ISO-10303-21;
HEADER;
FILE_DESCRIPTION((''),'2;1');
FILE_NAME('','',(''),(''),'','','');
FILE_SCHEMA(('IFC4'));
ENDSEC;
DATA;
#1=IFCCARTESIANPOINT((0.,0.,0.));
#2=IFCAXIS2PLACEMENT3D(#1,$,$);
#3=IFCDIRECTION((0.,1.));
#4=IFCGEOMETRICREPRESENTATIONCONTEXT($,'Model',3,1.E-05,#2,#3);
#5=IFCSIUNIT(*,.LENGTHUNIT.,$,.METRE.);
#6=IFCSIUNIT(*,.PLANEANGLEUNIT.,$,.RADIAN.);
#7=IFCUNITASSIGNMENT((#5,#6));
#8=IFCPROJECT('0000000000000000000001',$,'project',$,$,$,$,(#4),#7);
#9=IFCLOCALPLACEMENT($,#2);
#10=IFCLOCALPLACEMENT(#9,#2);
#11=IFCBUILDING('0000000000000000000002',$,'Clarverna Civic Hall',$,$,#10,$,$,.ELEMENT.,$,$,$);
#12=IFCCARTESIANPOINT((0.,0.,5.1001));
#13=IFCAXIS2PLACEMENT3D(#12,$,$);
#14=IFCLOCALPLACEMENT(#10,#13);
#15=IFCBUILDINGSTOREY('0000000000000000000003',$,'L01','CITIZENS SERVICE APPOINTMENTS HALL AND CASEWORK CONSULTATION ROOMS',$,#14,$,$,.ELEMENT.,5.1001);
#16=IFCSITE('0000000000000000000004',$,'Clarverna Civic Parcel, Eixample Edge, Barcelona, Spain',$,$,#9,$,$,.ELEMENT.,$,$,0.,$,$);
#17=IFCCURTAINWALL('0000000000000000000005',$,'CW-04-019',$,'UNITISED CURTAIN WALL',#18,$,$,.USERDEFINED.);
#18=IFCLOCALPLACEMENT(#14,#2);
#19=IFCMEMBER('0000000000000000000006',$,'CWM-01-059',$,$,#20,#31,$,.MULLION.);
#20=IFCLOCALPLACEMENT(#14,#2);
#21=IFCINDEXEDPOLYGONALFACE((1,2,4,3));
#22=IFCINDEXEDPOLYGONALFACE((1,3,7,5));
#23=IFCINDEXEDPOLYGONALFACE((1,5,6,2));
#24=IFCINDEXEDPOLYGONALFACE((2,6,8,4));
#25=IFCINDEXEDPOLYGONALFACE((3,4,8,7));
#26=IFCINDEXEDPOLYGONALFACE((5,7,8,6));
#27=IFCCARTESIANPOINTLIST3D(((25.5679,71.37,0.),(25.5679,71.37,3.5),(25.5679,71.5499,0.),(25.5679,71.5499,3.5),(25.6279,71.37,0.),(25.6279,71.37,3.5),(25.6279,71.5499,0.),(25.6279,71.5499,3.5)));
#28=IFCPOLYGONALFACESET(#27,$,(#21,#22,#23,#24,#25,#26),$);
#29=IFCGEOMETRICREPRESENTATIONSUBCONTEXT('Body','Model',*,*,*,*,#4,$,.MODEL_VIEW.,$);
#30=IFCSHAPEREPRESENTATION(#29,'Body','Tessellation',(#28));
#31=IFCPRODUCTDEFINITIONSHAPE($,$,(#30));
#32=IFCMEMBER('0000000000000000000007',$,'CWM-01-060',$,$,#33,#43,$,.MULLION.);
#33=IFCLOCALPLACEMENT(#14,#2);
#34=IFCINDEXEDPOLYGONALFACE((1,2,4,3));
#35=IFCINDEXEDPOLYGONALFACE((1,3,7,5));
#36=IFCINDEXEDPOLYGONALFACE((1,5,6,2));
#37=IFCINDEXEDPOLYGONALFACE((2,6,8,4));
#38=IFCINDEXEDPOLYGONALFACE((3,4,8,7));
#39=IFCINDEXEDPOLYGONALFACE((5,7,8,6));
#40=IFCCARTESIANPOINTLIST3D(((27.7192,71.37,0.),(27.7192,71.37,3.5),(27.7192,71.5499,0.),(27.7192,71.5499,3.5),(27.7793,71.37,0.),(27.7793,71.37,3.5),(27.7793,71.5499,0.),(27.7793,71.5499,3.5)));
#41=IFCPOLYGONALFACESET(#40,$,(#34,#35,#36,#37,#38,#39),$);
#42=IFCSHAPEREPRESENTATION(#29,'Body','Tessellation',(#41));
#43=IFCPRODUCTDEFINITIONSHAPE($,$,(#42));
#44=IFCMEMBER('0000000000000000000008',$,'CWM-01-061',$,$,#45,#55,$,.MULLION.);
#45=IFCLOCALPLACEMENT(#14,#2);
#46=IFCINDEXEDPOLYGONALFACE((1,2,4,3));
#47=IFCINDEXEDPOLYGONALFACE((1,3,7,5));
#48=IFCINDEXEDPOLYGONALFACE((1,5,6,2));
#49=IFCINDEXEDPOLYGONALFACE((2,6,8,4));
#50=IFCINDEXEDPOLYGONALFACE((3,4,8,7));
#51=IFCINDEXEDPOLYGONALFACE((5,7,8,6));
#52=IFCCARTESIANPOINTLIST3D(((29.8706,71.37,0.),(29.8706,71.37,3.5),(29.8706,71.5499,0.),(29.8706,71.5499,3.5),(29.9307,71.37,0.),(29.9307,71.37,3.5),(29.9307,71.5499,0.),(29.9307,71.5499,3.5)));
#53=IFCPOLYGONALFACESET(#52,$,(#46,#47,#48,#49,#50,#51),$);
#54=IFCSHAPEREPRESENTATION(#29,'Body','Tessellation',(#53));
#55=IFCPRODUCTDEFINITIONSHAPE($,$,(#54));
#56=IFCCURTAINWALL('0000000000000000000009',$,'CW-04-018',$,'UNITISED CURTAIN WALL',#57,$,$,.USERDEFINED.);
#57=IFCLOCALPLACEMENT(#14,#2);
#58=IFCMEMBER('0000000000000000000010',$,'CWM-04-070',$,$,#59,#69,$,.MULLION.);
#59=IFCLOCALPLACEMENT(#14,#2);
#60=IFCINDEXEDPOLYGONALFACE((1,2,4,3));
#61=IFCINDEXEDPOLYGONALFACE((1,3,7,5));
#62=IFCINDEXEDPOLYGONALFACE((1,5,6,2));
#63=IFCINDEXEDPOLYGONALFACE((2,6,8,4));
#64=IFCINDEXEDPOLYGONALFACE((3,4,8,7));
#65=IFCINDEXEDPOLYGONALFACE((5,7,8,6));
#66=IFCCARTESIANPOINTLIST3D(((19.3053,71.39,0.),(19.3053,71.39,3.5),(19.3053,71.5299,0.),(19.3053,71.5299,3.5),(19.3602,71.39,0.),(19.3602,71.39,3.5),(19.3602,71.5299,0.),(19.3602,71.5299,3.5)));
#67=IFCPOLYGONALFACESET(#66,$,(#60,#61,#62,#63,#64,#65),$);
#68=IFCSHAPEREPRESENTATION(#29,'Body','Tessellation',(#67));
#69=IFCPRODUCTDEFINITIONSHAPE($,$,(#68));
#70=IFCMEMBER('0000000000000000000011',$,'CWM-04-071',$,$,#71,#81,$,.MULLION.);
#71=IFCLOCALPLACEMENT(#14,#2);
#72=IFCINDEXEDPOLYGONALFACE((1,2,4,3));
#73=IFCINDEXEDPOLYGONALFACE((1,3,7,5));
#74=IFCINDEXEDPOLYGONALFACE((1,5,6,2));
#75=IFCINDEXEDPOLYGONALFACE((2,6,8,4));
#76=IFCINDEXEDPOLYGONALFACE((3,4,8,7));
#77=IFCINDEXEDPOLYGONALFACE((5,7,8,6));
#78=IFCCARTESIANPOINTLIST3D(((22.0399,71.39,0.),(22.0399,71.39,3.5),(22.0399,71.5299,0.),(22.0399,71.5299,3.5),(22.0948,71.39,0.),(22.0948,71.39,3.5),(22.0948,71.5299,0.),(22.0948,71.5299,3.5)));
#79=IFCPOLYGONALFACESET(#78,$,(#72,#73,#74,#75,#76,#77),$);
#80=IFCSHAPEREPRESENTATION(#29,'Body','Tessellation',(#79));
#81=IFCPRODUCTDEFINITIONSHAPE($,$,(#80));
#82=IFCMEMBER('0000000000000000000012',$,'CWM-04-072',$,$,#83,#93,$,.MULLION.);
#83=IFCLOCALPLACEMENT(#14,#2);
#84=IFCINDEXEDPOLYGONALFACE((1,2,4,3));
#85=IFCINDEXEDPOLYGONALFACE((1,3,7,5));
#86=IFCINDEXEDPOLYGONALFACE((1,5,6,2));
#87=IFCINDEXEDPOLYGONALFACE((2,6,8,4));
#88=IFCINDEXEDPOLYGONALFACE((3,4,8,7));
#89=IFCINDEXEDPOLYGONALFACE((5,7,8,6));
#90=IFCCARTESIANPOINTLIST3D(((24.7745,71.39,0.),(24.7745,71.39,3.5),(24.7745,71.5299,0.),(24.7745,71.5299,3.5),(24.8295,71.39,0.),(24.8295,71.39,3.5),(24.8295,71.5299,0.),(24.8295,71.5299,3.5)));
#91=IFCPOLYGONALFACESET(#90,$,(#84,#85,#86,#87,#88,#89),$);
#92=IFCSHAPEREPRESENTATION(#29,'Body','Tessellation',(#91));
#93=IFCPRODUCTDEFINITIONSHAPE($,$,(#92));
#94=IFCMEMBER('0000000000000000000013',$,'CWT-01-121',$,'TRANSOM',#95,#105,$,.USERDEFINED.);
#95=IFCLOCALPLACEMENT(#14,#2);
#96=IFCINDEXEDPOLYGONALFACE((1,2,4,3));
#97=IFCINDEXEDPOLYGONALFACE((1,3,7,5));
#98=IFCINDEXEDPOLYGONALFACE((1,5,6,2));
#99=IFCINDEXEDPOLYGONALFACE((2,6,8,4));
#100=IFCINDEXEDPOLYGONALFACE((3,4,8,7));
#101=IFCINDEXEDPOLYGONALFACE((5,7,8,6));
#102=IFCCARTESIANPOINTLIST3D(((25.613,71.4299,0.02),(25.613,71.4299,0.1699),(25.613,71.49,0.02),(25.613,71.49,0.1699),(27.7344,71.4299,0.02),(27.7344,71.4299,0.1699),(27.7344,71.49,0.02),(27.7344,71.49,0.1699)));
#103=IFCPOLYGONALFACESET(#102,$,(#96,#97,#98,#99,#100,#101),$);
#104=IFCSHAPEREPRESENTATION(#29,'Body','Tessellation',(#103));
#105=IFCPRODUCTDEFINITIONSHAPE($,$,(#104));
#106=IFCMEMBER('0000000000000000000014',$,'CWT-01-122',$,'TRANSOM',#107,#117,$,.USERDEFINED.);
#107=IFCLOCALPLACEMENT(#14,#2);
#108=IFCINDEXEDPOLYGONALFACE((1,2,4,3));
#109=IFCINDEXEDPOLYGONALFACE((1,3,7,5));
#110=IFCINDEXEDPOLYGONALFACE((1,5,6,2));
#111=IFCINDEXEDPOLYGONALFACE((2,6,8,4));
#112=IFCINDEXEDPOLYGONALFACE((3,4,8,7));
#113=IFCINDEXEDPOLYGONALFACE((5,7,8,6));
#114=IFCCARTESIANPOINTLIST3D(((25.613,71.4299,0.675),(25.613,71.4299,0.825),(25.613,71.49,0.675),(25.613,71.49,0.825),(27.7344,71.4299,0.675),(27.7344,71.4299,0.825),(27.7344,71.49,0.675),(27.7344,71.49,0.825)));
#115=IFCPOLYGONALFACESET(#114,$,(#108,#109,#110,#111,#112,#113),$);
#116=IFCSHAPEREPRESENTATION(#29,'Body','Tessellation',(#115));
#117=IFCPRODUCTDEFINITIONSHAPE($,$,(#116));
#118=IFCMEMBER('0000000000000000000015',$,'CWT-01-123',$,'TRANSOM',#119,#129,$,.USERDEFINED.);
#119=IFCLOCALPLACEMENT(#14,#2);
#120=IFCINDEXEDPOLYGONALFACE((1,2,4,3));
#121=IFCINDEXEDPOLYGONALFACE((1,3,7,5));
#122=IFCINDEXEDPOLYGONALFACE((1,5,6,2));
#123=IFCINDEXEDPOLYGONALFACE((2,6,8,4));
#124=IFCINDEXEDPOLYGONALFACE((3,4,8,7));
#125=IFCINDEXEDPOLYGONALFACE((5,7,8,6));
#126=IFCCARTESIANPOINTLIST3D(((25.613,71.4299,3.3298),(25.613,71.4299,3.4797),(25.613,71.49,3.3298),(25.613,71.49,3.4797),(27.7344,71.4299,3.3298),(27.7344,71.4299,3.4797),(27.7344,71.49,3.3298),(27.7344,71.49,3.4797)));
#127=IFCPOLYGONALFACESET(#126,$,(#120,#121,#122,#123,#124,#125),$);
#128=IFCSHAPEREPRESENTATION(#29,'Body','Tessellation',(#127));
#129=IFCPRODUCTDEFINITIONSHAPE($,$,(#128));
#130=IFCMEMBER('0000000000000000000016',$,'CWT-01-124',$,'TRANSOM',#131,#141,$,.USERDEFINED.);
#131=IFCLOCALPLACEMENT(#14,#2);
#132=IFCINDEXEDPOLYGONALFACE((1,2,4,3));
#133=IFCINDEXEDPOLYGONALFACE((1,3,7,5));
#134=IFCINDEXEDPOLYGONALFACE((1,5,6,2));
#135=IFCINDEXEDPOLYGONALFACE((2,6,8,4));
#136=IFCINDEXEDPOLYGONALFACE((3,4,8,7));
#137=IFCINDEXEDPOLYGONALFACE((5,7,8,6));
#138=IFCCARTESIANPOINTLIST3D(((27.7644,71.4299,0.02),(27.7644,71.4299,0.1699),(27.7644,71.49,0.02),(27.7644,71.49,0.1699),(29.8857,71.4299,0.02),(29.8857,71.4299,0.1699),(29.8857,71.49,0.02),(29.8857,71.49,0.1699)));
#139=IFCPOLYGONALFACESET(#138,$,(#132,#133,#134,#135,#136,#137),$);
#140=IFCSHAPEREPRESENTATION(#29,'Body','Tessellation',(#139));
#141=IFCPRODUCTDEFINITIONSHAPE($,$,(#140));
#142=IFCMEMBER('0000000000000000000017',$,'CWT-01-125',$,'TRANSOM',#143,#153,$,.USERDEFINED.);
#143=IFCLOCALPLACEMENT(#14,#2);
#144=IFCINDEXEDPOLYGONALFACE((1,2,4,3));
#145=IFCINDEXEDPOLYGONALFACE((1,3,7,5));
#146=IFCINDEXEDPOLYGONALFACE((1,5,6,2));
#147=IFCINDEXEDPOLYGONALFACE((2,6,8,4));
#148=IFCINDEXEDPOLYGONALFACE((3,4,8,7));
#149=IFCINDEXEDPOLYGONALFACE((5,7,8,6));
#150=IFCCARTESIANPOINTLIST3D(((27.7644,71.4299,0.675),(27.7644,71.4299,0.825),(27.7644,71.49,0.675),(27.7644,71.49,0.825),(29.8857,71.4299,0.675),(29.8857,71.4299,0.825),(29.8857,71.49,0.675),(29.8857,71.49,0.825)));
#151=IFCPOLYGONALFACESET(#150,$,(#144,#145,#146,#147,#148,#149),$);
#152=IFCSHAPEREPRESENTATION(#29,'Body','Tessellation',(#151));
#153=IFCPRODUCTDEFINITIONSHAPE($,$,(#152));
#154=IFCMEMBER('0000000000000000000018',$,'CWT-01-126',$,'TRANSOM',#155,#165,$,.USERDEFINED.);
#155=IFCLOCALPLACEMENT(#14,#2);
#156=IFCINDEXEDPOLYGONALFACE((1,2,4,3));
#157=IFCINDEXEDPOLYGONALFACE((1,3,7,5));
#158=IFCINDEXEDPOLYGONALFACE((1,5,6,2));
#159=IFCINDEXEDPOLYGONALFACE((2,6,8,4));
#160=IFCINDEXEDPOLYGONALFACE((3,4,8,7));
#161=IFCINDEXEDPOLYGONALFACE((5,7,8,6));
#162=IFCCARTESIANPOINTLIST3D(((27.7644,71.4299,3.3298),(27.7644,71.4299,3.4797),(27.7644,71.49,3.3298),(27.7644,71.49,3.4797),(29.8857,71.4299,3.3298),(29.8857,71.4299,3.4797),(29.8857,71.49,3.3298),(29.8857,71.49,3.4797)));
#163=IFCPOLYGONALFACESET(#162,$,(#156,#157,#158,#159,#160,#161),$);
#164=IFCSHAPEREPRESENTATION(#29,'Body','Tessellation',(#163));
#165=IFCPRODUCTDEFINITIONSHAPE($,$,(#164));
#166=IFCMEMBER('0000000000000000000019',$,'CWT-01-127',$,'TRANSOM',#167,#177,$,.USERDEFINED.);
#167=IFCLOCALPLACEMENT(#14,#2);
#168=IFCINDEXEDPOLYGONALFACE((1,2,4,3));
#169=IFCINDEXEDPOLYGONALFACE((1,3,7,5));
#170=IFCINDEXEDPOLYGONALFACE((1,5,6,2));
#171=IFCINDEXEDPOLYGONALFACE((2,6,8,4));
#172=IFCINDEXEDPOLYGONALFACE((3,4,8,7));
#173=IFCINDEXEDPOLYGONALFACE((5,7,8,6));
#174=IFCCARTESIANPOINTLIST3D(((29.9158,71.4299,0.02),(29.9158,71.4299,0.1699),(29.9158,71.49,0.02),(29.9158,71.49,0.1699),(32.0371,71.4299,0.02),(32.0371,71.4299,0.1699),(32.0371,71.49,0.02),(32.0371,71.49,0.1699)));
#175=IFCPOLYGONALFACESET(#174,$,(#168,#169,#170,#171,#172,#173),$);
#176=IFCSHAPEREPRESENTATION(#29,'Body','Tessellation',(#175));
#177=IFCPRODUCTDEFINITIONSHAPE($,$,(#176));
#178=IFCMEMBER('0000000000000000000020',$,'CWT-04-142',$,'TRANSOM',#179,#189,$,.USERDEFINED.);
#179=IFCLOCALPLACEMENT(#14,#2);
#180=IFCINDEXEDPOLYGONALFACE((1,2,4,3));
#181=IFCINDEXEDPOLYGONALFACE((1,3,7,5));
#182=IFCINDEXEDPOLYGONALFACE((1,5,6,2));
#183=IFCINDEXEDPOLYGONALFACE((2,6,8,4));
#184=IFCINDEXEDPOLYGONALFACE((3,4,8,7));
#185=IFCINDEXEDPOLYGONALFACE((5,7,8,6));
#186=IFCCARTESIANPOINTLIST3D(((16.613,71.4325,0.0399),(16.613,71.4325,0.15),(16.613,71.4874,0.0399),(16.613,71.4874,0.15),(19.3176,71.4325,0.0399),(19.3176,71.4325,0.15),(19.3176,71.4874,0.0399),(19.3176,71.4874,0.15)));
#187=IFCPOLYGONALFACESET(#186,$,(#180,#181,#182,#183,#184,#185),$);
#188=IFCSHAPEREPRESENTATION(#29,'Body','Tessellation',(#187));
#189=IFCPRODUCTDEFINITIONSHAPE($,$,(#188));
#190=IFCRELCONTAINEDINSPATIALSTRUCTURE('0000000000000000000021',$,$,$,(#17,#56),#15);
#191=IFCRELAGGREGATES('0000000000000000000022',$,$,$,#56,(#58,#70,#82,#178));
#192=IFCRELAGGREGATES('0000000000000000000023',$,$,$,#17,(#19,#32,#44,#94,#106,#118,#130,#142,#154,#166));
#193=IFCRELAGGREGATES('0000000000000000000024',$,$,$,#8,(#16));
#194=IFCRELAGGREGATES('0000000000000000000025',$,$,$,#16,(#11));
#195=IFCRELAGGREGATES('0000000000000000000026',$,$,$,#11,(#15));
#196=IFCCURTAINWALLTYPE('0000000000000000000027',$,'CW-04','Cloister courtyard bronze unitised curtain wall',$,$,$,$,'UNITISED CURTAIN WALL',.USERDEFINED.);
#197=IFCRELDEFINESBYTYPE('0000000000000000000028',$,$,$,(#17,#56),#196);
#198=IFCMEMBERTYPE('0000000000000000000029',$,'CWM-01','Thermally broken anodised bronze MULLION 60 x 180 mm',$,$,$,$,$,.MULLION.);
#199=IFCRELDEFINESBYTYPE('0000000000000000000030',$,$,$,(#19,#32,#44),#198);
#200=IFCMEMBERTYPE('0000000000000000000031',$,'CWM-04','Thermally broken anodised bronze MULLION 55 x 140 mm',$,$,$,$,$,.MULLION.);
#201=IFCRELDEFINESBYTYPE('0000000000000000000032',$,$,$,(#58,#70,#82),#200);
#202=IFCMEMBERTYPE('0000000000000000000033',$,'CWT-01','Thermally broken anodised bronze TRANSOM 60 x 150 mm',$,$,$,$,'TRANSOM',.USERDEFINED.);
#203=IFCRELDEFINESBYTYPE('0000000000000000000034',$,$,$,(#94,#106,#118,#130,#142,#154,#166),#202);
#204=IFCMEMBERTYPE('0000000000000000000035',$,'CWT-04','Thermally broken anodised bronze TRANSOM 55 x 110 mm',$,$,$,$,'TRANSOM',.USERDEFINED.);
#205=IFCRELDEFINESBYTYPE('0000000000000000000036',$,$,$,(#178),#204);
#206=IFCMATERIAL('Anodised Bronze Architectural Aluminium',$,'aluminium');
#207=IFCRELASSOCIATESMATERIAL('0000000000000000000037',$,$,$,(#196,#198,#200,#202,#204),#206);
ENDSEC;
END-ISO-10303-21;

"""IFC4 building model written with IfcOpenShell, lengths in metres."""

from ifc_helpers import new_model, si_unit, direction, frame, origin, origin_2d, place, context, subcontext, project, spatial, rectangle, extrude, material, material_profile, profile_set, type_object, element, aggregate, save


model = new_model("IFC4")

# Units and contexts
model_context = context("Model", 3, precision=1e-05, world=origin(), true_north=direction((0.0, 1.0)))
body_context = subcontext(model_context, "Body", "Model", "MODEL_VIEW")
ifc_project = project(units=[si_unit("LENGTHUNIT", "METRE"), si_unit("PLANEANGLEUNIT", "RADIAN")], contexts=[model_context])

# Site, building, storey
site_placement = place(None, origin())
site = spatial("IfcSite", under=ifc_project, at=site_placement, Name="Clarverna Civic Parcel, Eixample Edge, Barcelona, Spain", CompositionType="ELEMENT", RefElevation=0.0)
building_placement = place(site_placement, origin())
building = spatial("IfcBuilding", under=site, at=building_placement, Name="Clarverna Civic Hall", CompositionType="ELEMENT")
storey_placement = place(building_placement, frame((0.0, 0.0, 5.1001)))
storey = spatial("IfcBuildingStorey", under=building, at=storey_placement, Name="L01", Description="CITIZENS SERVICE APPOINTMENTS HALL AND CASEWORK CONSULTATION ROOMS", CompositionType="ELEMENT", Elevation=5.1001)

# Curtain walls, members
ifc_material_1 = material(Name="Anodised Bronze Architectural Aluminium", Category="aluminium")
curtain_wall_type = type_object("IfcCurtainWallType", Name="CW-04", Description="Cloister courtyard bronze unitised curtain wall", ElementType="UNITISED CURTAIN WALL", PredefinedType="USERDEFINED", material=ifc_material_1)
curtain_wall_1_placement = place(storey_placement, origin())
curtain_wall_1 = element("IfcCurtainWall", 1, at=curtain_wall_1_placement, inside=storey, type_object=curtain_wall_type, Name="CW-04-019", ObjectType="UNITISED CURTAIN WALL", PredefinedType="USERDEFINED")
ifc_material_profile_1 = material_profile(ifc_material_1, rectangle(XDim=0.0601, YDim=0.1799, at=origin_2d()), Name="BRONZE 60x180")
ifc_profile_set_1 = profile_set([ifc_material_profile_1], Name="Anodised Bronze Architectural Aluminium")
member_type_1 = type_object("IfcMemberType", Name="CWM-01", Description="Thermally broken anodised bronze MULLION 60 x 180 mm", PredefinedType="MULLION", material=ifc_profile_set_1)
member_1_placement = place(storey_placement, frame((25.5979, 71.46, 0.0), z_axis=(0.0, 0.0, 1.0), x_axis=(1.0, 0.0, 0.0)))
member_1 = element("IfcMember", 2, at=member_1_placement, type_object=member_type_1, Name="CWM-01-059", PredefinedType="MULLION", context=body_context, shape_type="SweptSolid", body=[
    extrude(rectangle(XDim=0.0601, YDim=0.1799, at=origin_2d()), origin(), (0.0, 0.0, 1.0), 3.5),
])
member_2_placement = place(storey_placement, frame((27.7493, 71.46, 0.0), z_axis=(0.0, 0.0, 1.0), x_axis=(1.0, 0.0, 0.0)))
member_2 = element("IfcMember", 3, at=member_2_placement, type_object=member_type_1, Name="CWM-01-060", PredefinedType="MULLION", context=body_context, shape_type="SweptSolid", body=[
    extrude(rectangle(XDim=0.0601, YDim=0.1799, at=origin_2d()), origin(), (0.0, 0.0, 1.0), 3.5),
])
member_3_placement = place(storey_placement, frame((29.9006, 71.46, 0.0), z_axis=(0.0, 0.0, 1.0), x_axis=(1.0, 0.0, 0.0)))
member_3 = element("IfcMember", 4, at=member_3_placement, type_object=member_type_1, Name="CWM-01-061", PredefinedType="MULLION", context=body_context, shape_type="SweptSolid", body=[
    extrude(rectangle(XDim=0.0601, YDim=0.1799, at=origin_2d()), origin(), (0.0, 0.0, 1.0), 3.5),
])
curtain_wall_2_placement = place(storey_placement, origin())
curtain_wall_2 = element("IfcCurtainWall", 5, at=curtain_wall_2_placement, inside=storey, type_object=curtain_wall_type, Name="CW-04-018", ObjectType="UNITISED CURTAIN WALL", PredefinedType="USERDEFINED")
ifc_material_profile_2 = material_profile(ifc_material_1, rectangle(XDim=0.0549, YDim=0.1399, at=origin_2d()), Name="BRONZE 55x140")
ifc_profile_set_2 = profile_set([ifc_material_profile_2], Name="Anodised Bronze Architectural Aluminium")
member_type_2 = type_object("IfcMemberType", Name="CWM-04", Description="Thermally broken anodised bronze MULLION 55 x 140 mm", PredefinedType="MULLION", material=ifc_profile_set_2)
member_4_placement = place(storey_placement, frame((19.3328, 71.46, 0.0), z_axis=(0.0, 0.0, 1.0), x_axis=(1.0, 0.0, 0.0)))
member_4 = element("IfcMember", 6, at=member_4_placement, type_object=member_type_2, Name="CWM-04-070", PredefinedType="MULLION", context=body_context, shape_type="SweptSolid", body=[
    extrude(rectangle(XDim=0.0549, YDim=0.1399, at=origin_2d()), origin(), (0.0, 0.0, 1.0), 3.5),
])
member_5_placement = place(storey_placement, frame((22.0674, 71.46, 0.0), z_axis=(0.0, 0.0, 1.0), x_axis=(1.0, 0.0, 0.0)))
member_5 = element("IfcMember", 7, at=member_5_placement, type_object=member_type_2, Name="CWM-04-071", PredefinedType="MULLION", context=body_context, shape_type="SweptSolid", body=[
    extrude(rectangle(XDim=0.0549, YDim=0.1399, at=origin_2d()), origin(), (0.0, 0.0, 1.0), 3.5),
])
member_6_placement = place(storey_placement, frame((24.802, 71.46, 0.0), z_axis=(0.0, 0.0, 1.0), x_axis=(1.0, 0.0, 0.0)))
member_6 = element("IfcMember", 8, at=member_6_placement, type_object=member_type_2, Name="CWM-04-072", PredefinedType="MULLION", context=body_context, shape_type="SweptSolid", body=[
    extrude(rectangle(XDim=0.0549, YDim=0.1399, at=origin_2d()), origin(), (0.0, 0.0, 1.0), 3.5),
])

# Members
ifc_material_profile_3 = material_profile(ifc_material_1, rectangle(XDim=0.0601, YDim=0.1499, at=origin_2d()), Name="BRONZE 60x150")
ifc_profile_set_3 = profile_set([ifc_material_profile_3], Name="Anodised Bronze Architectural Aluminium")
member_type_3 = type_object("IfcMemberType", Name="CWT-01", Description="Thermally broken anodised bronze TRANSOM 60 x 150 mm", ElementType="TRANSOM", PredefinedType="USERDEFINED", material=ifc_profile_set_3)
member_7_placement = place(storey_placement, frame((25.613, 71.46, 0.095), z_axis=(1.0, 0.0, 0.0), x_axis=(0.0, 1.0, 0.0)))
member_7 = element("IfcMember", 9, at=member_7_placement, type_object=member_type_3, Name="CWT-01-121", ObjectType="TRANSOM", PredefinedType="USERDEFINED", context=body_context, shape_type="SweptSolid", body=[
    extrude(rectangle(XDim=0.0601, YDim=0.1499, at=origin_2d()), origin(), (0.0, 0.0, 1.0), 2.1213),
])
member_8_placement = place(storey_placement, frame((25.613, 71.46, 0.75), z_axis=(1.0, 0.0, 0.0), x_axis=(0.0, 1.0, 0.0)))
member_8 = element("IfcMember", 10, at=member_8_placement, type_object=member_type_3, Name="CWT-01-122", ObjectType="TRANSOM", PredefinedType="USERDEFINED", context=body_context, shape_type="SweptSolid", body=[
    extrude(rectangle(XDim=0.0601, YDim=0.1499, at=origin_2d()), origin(), (0.0, 0.0, 1.0), 2.1213),
])
member_9_placement = place(storey_placement, frame((25.613, 71.46, 3.4048), z_axis=(1.0, 0.0, 0.0), x_axis=(0.0, 1.0, 0.0)))
member_9 = element("IfcMember", 11, at=member_9_placement, type_object=member_type_3, Name="CWT-01-123", ObjectType="TRANSOM", PredefinedType="USERDEFINED", context=body_context, shape_type="SweptSolid", body=[
    extrude(rectangle(XDim=0.0601, YDim=0.1499, at=origin_2d()), origin(), (0.0, 0.0, 1.0), 2.1213),
])
member_10_placement = place(storey_placement, frame((27.7644, 71.46, 0.095), z_axis=(1.0, 0.0, 0.0), x_axis=(0.0, 1.0, 0.0)))
member_10 = element("IfcMember", 12, at=member_10_placement, type_object=member_type_3, Name="CWT-01-124", ObjectType="TRANSOM", PredefinedType="USERDEFINED", context=body_context, shape_type="SweptSolid", body=[
    extrude(rectangle(XDim=0.0601, YDim=0.1499, at=origin_2d()), origin(), (0.0, 0.0, 1.0), 2.1213),
])
member_11_placement = place(storey_placement, frame((27.7644, 71.46, 0.75), z_axis=(1.0, 0.0, 0.0), x_axis=(0.0, 1.0, 0.0)))
member_11 = element("IfcMember", 13, at=member_11_placement, type_object=member_type_3, Name="CWT-01-125", ObjectType="TRANSOM", PredefinedType="USERDEFINED", context=body_context, shape_type="SweptSolid", body=[
    extrude(rectangle(XDim=0.0601, YDim=0.1499, at=origin_2d()), origin(), (0.0, 0.0, 1.0), 2.1213),
])
member_12_placement = place(storey_placement, frame((27.7644, 71.46, 3.4048), z_axis=(1.0, 0.0, 0.0), x_axis=(0.0, 1.0, 0.0)))
member_12 = element("IfcMember", 14, at=member_12_placement, type_object=member_type_3, Name="CWT-01-126", ObjectType="TRANSOM", PredefinedType="USERDEFINED", context=body_context, shape_type="SweptSolid", body=[
    extrude(rectangle(XDim=0.0601, YDim=0.1499, at=origin_2d()), origin(), (0.0, 0.0, 1.0), 2.1213),
])
member_13_placement = place(storey_placement, frame((29.9158, 71.46, 0.095), z_axis=(1.0, 0.0, 0.0), x_axis=(0.0, 1.0, 0.0)))
member_13 = element("IfcMember", 15, at=member_13_placement, type_object=member_type_3, Name="CWT-01-127", ObjectType="TRANSOM", PredefinedType="USERDEFINED", context=body_context, shape_type="SweptSolid", body=[
    extrude(rectangle(XDim=0.0601, YDim=0.1499, at=origin_2d()), origin(), (0.0, 0.0, 1.0), 2.1213),
])
ifc_material_profile_4 = material_profile(ifc_material_1, rectangle(XDim=0.0549, YDim=0.1101, at=origin_2d()), Name="BRONZE 55x110")
ifc_profile_set_4 = profile_set([ifc_material_profile_4], Name="Anodised Bronze Architectural Aluminium")
member_type_4 = type_object("IfcMemberType", Name="CWT-04", Description="Thermally broken anodised bronze TRANSOM 55 x 110 mm", ElementType="TRANSOM", PredefinedType="USERDEFINED", material=ifc_profile_set_4)
member_14_placement = place(storey_placement, frame((16.613, 71.46, 0.095), z_axis=(1.0, 0.0, 0.0), x_axis=(0.0, 1.0, 0.0)))
member_14 = element("IfcMember", 16, at=member_14_placement, type_object=member_type_4, Name="CWT-04-142", ObjectType="TRANSOM", PredefinedType="USERDEFINED", context=body_context, shape_type="SweptSolid", body=[
    extrude(rectangle(XDim=0.0549, YDim=0.1101, at=origin_2d()), origin(), (0.0, 0.0, 1.0), 2.7046),
])

aggregate(curtain_wall_2, [member_4, member_5, member_6, member_14])
aggregate(curtain_wall_1, [member_1, member_2, member_3, member_7, member_8, member_9, member_10, member_11, member_12, member_13])

save(model, "model.ifc")
